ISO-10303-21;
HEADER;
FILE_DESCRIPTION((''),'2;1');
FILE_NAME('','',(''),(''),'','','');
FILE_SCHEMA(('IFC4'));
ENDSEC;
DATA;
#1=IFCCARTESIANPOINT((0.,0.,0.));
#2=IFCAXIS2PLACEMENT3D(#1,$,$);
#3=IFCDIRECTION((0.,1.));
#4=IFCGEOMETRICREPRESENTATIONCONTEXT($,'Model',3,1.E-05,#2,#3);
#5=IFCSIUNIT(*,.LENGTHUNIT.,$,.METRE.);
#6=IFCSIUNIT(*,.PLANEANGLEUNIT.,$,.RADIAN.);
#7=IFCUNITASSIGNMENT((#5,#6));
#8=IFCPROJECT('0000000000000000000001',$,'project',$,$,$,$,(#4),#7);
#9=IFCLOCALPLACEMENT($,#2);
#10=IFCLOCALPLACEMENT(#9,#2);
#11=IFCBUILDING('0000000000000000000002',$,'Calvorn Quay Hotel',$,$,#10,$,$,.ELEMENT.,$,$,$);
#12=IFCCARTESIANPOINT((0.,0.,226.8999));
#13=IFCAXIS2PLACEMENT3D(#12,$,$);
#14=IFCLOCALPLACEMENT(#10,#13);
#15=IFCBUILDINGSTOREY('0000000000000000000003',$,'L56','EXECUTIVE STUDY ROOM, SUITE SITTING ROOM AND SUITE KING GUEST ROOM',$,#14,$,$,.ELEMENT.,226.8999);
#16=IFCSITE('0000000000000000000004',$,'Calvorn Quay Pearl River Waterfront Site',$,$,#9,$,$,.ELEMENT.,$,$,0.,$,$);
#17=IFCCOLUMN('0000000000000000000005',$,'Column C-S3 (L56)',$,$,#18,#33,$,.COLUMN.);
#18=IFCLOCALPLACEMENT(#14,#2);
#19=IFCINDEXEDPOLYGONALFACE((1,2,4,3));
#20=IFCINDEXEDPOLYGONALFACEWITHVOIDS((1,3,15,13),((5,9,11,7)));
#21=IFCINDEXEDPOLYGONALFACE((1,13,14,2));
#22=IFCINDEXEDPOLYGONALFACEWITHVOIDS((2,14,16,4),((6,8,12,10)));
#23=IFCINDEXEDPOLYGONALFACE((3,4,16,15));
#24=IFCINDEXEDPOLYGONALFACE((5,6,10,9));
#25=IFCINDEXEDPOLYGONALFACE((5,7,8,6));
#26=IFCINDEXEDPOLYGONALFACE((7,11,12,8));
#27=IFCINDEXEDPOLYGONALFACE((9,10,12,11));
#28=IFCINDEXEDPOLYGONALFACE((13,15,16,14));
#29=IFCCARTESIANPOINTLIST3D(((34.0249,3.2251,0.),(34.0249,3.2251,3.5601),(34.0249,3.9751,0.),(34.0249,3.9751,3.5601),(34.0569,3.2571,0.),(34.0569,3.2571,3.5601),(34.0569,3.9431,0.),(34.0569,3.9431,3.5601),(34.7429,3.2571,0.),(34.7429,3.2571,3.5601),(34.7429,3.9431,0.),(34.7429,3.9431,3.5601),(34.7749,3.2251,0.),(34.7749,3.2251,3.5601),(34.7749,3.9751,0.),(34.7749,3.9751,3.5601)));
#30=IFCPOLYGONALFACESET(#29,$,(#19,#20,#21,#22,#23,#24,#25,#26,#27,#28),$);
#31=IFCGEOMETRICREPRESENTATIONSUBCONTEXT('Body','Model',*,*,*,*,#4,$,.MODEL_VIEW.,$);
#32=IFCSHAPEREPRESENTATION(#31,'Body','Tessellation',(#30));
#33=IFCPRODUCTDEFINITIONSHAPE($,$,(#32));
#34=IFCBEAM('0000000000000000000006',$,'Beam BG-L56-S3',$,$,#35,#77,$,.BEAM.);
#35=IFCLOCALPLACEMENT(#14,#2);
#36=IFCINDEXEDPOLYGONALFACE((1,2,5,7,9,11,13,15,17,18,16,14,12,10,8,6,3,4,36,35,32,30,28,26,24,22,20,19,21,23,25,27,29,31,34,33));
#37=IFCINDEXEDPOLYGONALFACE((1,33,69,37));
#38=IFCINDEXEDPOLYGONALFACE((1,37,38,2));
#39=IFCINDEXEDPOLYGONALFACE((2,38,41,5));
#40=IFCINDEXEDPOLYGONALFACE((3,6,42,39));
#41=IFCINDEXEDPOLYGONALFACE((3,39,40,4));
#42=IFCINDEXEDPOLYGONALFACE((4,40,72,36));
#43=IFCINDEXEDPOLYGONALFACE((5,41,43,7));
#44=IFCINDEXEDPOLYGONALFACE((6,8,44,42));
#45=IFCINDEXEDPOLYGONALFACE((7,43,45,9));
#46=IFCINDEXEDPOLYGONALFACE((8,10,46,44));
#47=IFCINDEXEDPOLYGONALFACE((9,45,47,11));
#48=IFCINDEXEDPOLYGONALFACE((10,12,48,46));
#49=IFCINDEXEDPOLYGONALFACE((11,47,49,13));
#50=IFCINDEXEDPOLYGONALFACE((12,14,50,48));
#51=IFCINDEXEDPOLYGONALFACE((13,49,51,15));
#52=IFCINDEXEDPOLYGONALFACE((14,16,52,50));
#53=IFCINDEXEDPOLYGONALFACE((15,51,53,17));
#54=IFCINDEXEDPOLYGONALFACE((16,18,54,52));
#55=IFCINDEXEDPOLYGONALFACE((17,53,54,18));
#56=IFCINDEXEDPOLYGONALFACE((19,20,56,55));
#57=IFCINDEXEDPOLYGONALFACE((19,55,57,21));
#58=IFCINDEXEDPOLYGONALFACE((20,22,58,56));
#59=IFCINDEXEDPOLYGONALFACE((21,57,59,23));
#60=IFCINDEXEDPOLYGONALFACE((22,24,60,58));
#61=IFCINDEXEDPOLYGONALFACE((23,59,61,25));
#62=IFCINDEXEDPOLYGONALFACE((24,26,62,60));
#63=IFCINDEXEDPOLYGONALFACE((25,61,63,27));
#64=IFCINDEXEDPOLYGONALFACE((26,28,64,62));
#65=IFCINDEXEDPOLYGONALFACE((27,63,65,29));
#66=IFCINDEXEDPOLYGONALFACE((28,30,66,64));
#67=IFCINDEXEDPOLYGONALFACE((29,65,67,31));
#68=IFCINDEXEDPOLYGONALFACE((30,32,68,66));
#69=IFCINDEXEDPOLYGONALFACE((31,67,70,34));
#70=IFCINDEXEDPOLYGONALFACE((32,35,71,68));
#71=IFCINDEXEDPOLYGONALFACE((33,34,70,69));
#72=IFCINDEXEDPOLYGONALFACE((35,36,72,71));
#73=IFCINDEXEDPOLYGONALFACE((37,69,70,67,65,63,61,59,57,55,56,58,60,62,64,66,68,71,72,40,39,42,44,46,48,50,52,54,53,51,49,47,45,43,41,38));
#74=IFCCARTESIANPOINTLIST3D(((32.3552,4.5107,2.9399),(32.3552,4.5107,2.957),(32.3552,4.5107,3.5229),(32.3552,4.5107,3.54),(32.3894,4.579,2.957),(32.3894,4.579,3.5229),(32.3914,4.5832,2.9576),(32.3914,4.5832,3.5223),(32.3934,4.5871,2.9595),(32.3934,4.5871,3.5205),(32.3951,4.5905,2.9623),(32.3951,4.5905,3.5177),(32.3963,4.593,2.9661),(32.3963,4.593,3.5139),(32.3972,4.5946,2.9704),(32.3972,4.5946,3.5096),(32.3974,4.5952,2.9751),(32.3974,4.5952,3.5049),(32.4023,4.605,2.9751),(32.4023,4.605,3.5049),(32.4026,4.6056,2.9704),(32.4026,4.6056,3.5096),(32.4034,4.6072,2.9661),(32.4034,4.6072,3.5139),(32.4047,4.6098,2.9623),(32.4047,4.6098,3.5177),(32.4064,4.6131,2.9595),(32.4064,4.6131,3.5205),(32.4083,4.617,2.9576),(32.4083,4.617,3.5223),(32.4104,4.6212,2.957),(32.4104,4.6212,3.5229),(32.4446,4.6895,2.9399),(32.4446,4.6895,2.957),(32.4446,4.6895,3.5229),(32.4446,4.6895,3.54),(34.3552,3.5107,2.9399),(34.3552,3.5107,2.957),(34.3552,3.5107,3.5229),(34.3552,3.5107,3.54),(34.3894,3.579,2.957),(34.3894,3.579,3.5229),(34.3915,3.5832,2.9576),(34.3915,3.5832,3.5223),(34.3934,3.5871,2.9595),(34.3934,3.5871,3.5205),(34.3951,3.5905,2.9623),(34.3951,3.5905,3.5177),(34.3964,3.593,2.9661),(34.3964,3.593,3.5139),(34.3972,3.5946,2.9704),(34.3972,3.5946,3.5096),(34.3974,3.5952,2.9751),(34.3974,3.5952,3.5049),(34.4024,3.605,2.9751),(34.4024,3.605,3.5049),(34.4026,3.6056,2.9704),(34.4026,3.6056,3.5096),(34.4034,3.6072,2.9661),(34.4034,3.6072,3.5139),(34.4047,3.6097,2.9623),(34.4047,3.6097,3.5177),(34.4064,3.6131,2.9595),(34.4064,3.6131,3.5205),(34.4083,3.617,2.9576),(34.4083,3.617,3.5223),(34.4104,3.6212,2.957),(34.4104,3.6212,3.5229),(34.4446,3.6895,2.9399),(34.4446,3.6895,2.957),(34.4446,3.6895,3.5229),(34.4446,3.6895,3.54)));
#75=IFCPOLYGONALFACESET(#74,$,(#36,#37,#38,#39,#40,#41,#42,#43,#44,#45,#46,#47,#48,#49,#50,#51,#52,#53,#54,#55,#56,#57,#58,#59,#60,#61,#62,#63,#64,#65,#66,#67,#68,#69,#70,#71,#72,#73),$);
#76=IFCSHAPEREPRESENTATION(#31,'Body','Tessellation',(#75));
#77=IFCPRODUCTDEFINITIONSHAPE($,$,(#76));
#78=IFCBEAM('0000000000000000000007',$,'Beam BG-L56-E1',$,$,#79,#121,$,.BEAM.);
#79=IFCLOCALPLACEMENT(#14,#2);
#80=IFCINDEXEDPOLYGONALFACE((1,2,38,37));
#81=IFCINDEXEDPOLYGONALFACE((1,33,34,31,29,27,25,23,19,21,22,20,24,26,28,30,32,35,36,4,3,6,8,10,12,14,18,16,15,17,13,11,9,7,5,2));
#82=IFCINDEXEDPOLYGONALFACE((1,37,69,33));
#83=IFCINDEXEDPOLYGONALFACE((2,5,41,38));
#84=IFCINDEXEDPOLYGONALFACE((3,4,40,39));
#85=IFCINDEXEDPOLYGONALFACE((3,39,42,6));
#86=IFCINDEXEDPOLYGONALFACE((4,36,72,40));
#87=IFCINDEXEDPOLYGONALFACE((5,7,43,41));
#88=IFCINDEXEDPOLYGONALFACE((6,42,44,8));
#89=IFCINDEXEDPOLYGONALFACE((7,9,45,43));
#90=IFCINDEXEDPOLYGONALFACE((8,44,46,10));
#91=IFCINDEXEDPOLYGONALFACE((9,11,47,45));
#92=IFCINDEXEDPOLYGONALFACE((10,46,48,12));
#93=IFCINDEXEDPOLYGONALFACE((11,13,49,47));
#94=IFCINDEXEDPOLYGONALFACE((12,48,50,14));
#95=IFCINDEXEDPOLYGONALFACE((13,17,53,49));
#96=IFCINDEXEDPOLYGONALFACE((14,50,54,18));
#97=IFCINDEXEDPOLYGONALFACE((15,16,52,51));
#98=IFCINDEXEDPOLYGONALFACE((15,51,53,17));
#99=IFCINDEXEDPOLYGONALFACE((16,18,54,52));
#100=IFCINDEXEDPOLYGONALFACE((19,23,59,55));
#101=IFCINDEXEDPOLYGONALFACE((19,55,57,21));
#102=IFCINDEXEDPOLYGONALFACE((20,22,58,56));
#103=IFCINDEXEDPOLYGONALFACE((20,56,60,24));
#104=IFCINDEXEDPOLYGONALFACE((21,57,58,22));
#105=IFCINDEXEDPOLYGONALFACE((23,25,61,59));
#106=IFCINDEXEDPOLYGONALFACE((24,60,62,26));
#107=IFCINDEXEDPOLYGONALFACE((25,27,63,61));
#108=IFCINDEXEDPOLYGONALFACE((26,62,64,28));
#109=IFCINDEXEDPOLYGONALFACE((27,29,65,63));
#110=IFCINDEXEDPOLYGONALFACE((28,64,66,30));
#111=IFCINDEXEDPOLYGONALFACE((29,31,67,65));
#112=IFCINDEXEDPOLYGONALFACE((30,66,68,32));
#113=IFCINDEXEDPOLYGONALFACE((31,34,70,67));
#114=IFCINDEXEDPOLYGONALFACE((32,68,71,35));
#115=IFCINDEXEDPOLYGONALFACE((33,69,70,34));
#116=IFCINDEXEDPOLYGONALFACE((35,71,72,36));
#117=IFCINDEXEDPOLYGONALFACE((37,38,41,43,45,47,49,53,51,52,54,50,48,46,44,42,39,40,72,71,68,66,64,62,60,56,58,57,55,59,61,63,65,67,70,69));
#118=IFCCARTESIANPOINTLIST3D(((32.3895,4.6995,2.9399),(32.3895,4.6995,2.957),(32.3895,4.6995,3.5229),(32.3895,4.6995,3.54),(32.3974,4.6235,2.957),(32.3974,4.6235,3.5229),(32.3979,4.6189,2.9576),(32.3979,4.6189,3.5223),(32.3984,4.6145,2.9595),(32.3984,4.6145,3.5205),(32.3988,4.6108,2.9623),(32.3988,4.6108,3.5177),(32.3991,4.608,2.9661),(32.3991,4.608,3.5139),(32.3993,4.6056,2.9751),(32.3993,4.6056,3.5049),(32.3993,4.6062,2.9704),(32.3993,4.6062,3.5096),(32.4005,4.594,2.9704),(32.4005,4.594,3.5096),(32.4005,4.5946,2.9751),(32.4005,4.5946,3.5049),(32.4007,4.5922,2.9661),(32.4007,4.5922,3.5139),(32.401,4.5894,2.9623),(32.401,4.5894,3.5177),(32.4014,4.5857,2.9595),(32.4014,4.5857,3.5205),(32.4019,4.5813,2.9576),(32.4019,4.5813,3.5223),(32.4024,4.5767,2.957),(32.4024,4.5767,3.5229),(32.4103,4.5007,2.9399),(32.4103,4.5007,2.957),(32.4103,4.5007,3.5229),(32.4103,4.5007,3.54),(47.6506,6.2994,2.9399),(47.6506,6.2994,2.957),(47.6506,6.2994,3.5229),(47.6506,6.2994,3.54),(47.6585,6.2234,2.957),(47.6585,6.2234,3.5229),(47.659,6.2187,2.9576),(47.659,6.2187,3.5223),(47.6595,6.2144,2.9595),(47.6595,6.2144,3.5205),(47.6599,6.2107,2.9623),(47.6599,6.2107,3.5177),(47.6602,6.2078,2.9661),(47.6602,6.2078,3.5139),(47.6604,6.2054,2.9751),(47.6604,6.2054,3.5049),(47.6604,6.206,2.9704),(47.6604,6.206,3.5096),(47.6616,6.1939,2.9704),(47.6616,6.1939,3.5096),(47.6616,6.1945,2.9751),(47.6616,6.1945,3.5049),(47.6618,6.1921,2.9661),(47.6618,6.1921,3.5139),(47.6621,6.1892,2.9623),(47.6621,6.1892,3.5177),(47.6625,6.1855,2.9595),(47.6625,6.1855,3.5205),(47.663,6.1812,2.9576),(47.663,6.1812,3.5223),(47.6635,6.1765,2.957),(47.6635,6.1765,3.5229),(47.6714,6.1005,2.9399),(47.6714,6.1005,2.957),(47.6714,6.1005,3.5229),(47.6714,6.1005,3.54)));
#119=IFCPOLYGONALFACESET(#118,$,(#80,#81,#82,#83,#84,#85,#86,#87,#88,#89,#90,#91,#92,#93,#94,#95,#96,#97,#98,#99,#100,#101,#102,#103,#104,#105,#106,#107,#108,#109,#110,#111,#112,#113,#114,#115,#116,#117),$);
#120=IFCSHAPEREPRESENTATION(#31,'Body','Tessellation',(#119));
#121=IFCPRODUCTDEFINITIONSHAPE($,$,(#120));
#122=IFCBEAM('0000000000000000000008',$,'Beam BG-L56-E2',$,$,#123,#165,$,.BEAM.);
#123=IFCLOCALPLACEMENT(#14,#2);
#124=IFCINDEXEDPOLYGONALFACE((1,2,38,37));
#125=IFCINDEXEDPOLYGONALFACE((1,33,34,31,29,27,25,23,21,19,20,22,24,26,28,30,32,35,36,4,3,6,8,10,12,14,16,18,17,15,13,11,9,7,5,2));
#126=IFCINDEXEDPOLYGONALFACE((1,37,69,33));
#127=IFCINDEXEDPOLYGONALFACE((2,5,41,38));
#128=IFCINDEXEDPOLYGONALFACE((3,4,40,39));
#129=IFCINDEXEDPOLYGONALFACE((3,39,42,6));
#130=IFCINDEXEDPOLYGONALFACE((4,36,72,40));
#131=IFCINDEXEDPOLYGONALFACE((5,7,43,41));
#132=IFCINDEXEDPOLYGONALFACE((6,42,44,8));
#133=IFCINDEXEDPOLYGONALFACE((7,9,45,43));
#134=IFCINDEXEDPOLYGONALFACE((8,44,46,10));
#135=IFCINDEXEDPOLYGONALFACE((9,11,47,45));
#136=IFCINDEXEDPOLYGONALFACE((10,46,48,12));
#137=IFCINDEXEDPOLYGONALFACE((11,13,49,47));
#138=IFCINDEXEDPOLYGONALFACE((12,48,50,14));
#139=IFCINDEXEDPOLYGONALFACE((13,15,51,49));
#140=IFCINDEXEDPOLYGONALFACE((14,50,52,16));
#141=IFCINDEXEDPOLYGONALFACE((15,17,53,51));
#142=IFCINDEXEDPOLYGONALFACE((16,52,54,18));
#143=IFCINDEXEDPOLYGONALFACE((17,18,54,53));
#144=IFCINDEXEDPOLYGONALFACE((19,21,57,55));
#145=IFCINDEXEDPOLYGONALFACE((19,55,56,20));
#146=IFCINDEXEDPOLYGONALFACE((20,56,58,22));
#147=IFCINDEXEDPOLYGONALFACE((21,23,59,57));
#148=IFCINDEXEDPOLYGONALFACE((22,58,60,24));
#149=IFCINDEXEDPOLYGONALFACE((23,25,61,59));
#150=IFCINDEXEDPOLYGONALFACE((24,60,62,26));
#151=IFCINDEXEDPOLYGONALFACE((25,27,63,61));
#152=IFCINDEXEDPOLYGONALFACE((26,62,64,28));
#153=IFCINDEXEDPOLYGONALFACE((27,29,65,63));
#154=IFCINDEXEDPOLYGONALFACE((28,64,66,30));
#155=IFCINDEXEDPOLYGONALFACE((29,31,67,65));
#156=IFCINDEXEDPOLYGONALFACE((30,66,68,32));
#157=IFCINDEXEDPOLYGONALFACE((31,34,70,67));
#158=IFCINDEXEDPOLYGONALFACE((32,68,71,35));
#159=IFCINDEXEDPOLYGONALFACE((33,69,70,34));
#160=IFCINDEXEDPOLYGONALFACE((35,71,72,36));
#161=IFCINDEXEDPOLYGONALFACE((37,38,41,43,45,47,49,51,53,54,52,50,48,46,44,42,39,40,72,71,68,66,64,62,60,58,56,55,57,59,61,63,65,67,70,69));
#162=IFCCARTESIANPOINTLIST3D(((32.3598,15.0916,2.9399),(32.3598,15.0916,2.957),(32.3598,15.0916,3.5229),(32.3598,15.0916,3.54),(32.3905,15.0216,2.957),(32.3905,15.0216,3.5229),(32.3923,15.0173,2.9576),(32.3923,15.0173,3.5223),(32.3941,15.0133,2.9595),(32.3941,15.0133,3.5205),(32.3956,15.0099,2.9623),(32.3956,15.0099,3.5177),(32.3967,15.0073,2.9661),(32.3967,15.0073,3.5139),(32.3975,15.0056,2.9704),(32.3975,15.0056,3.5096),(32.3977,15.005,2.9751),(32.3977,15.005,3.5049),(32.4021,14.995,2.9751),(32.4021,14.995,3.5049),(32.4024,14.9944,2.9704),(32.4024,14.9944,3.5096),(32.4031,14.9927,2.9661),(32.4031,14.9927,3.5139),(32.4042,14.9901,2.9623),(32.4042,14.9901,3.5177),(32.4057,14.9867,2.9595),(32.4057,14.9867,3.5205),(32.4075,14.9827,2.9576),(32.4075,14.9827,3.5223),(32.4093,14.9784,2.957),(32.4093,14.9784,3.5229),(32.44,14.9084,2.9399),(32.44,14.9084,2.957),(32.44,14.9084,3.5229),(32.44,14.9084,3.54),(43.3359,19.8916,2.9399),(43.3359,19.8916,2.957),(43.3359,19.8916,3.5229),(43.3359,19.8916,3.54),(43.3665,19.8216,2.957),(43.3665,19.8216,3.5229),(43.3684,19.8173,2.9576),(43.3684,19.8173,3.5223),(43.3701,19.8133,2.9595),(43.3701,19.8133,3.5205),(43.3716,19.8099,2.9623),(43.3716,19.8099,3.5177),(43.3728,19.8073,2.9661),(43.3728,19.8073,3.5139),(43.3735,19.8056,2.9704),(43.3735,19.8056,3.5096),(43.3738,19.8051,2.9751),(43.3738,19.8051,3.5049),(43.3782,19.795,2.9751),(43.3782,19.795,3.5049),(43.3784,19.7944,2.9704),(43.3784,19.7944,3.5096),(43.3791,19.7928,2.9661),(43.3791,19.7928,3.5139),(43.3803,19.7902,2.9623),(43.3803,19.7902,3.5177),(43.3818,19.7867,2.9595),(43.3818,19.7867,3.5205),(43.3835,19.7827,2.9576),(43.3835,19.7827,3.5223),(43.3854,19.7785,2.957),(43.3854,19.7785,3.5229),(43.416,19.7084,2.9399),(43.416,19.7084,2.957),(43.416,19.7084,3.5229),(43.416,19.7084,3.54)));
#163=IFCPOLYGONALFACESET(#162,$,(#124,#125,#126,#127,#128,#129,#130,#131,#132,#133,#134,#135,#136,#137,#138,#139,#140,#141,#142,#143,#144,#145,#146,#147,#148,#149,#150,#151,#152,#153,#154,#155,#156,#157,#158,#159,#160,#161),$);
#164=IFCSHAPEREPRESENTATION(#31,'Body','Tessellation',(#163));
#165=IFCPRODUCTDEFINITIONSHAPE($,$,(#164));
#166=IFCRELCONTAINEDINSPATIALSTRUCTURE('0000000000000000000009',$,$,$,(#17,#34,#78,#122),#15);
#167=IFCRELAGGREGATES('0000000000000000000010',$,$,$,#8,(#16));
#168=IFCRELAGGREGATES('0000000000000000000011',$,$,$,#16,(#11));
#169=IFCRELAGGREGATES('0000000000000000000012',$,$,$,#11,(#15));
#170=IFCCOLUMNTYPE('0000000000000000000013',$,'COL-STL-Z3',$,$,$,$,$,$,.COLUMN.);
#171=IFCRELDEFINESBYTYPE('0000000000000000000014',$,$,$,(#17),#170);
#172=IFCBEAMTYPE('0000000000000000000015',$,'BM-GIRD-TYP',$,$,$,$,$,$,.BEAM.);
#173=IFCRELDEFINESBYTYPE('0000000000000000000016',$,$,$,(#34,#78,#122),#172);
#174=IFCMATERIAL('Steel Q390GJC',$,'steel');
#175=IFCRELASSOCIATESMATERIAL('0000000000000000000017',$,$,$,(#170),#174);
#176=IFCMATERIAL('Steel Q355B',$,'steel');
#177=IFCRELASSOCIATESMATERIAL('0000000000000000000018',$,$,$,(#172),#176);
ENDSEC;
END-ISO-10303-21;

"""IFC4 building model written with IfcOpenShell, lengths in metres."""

from ifc_helpers import new_model, si_unit, direction, frame, origin, origin_2d, place, context, subcontext, project, spatial, hollow_rectangle, i_section, extrude, material, material_profile, profile_set, type_object, element, save


model = new_model("IFC4")

# Units and contexts
model_context = context("Model", 3, precision=1e-05, world=origin(), true_north=direction((0.0, 1.0)))
body_context = subcontext(model_context, "Body", "Model", "MODEL_VIEW")
ifc_project = project(units=[si_unit("LENGTHUNIT", "METRE"), si_unit("PLANEANGLEUNIT", "RADIAN")], contexts=[model_context])

# Site, building, storey
site_placement = place(None, origin())
site = spatial("IfcSite", under=ifc_project, at=site_placement, Name="Calvorn Quay Pearl River Waterfront Site", CompositionType="ELEMENT", RefElevation=0.0)
building_placement = place(site_placement, origin())
building = spatial("IfcBuilding", under=site, at=building_placement, Name="Calvorn Quay Hotel", CompositionType="ELEMENT")
storey_placement = place(building_placement, frame((0.0, 0.0, 226.8999)))
storey = spatial("IfcBuildingStorey", under=building, at=storey_placement, Name="L56", Description="EXECUTIVE STUDY ROOM, SUITE SITTING ROOM AND SUITE KING GUEST ROOM", CompositionType="ELEMENT", Elevation=226.8999)

# Column
ifc_material_1 = material(Name="Steel Q390GJC", Category="steel")
ifc_material_profile_1 = material_profile(ifc_material_1, hollow_rectangle(XDim=0.75, YDim=0.75, WallThickness=0.032, at=origin_2d()), Name="BOX750x750x32")
ifc_profile_set_1 = profile_set([ifc_material_profile_1], Name="Steel Q390GJC")
column_type = type_object("IfcColumnType", Name="COL-STL-Z3", PredefinedType="COLUMN", material=ifc_profile_set_1)
column_placement = place(storey_placement, frame((34.3999, 3.6001, 0.0), z_axis=(0.0, 0.0, 1.0), x_axis=(1.0, 0.0, 0.0)))
element("IfcColumn", 1, at=column_placement, inside=storey, type_object=column_type, Name="Column C-S3 (L56)", PredefinedType="COLUMN", context=body_context, shape_type="SweptSolid", body=[
    extrude(hollow_rectangle(XDim=0.75, YDim=0.75, WallThickness=0.032, at=origin_2d()), origin(), (0.0, 0.0, 1.0), 3.5601),
])

# Beams
ifc_material_2 = material(Name="Steel Q355B", Category="steel")
ifc_material_profile_2 = material_profile(ifc_material_2, i_section(OverallWidth=0.2, OverallDepth=0.6001, WebThickness=0.011, FlangeThickness=0.0171, FilletRadius=0.0181, at=origin_2d()), Name="HN600x200x11x17")
ifc_profile_set_2 = profile_set([ifc_material_profile_2], Name="Steel Q355B")
beam_type_1 = type_object("IfcBeamType", Name="BM-GIRD-TYP", PredefinedType="BEAM", material=ifc_profile_set_2)
beam_1_placement = place(storey_placement, frame((34.3999, 3.6001, 3.24), z_axis=(-0.894427, 0.447214, 0.0), x_axis=(-0.447214, -0.894427, 0.0)))
element("IfcBeam", 2, at=beam_1_placement, inside=storey, type_object=beam_type_1, Name="Beam BG-L56-S3", PredefinedType="BEAM", context=body_context, shape_type="SweptSolid", body=[
    extrude(i_section(OverallWidth=0.2, OverallDepth=0.6001, WebThickness=0.011, FlangeThickness=0.0171, FilletRadius=0.0181, at=origin_2d()), origin(), (0.0, 0.0, 1.0), 2.2361),
])
beam_2_placement = place(storey_placement, frame((32.3999, 4.6001, 3.24), z_axis=(0.99455, 0.104262, 0.0), x_axis=(-0.104262, 0.99455, 0.0)))
element("IfcBeam", 3, at=beam_2_placement, inside=storey, type_object=beam_type_1, Name="Beam BG-L56-E1", PredefinedType="BEAM", context=body_context, shape_type="SweptSolid", body=[
    extrude(i_section(OverallWidth=0.2, OverallDepth=0.6001, WebThickness=0.011, FlangeThickness=0.0171, FilletRadius=0.0181, at=origin_2d()), origin(), (0.0, 0.0, 1.0), 15.3447),
])
beam_3_placement = place(storey_placement, frame((32.3999, 15.0, 3.24), z_axis=(0.916218, 0.40068, 0.0), x_axis=(-0.40068, 0.916218, 0.0)))
element("IfcBeam", 4, at=beam_3_placement, inside=storey, type_object=beam_type_1, Name="Beam BG-L56-E2", PredefinedType="BEAM", context=body_context, shape_type="SweptSolid", body=[
    extrude(i_section(OverallWidth=0.2, OverallDepth=0.6001, WebThickness=0.011, FlangeThickness=0.0171, FilletRadius=0.0181, at=origin_2d()), origin(), (0.0, 0.0, 1.0), 11.9797),
])

save(model, "model.ifc")
